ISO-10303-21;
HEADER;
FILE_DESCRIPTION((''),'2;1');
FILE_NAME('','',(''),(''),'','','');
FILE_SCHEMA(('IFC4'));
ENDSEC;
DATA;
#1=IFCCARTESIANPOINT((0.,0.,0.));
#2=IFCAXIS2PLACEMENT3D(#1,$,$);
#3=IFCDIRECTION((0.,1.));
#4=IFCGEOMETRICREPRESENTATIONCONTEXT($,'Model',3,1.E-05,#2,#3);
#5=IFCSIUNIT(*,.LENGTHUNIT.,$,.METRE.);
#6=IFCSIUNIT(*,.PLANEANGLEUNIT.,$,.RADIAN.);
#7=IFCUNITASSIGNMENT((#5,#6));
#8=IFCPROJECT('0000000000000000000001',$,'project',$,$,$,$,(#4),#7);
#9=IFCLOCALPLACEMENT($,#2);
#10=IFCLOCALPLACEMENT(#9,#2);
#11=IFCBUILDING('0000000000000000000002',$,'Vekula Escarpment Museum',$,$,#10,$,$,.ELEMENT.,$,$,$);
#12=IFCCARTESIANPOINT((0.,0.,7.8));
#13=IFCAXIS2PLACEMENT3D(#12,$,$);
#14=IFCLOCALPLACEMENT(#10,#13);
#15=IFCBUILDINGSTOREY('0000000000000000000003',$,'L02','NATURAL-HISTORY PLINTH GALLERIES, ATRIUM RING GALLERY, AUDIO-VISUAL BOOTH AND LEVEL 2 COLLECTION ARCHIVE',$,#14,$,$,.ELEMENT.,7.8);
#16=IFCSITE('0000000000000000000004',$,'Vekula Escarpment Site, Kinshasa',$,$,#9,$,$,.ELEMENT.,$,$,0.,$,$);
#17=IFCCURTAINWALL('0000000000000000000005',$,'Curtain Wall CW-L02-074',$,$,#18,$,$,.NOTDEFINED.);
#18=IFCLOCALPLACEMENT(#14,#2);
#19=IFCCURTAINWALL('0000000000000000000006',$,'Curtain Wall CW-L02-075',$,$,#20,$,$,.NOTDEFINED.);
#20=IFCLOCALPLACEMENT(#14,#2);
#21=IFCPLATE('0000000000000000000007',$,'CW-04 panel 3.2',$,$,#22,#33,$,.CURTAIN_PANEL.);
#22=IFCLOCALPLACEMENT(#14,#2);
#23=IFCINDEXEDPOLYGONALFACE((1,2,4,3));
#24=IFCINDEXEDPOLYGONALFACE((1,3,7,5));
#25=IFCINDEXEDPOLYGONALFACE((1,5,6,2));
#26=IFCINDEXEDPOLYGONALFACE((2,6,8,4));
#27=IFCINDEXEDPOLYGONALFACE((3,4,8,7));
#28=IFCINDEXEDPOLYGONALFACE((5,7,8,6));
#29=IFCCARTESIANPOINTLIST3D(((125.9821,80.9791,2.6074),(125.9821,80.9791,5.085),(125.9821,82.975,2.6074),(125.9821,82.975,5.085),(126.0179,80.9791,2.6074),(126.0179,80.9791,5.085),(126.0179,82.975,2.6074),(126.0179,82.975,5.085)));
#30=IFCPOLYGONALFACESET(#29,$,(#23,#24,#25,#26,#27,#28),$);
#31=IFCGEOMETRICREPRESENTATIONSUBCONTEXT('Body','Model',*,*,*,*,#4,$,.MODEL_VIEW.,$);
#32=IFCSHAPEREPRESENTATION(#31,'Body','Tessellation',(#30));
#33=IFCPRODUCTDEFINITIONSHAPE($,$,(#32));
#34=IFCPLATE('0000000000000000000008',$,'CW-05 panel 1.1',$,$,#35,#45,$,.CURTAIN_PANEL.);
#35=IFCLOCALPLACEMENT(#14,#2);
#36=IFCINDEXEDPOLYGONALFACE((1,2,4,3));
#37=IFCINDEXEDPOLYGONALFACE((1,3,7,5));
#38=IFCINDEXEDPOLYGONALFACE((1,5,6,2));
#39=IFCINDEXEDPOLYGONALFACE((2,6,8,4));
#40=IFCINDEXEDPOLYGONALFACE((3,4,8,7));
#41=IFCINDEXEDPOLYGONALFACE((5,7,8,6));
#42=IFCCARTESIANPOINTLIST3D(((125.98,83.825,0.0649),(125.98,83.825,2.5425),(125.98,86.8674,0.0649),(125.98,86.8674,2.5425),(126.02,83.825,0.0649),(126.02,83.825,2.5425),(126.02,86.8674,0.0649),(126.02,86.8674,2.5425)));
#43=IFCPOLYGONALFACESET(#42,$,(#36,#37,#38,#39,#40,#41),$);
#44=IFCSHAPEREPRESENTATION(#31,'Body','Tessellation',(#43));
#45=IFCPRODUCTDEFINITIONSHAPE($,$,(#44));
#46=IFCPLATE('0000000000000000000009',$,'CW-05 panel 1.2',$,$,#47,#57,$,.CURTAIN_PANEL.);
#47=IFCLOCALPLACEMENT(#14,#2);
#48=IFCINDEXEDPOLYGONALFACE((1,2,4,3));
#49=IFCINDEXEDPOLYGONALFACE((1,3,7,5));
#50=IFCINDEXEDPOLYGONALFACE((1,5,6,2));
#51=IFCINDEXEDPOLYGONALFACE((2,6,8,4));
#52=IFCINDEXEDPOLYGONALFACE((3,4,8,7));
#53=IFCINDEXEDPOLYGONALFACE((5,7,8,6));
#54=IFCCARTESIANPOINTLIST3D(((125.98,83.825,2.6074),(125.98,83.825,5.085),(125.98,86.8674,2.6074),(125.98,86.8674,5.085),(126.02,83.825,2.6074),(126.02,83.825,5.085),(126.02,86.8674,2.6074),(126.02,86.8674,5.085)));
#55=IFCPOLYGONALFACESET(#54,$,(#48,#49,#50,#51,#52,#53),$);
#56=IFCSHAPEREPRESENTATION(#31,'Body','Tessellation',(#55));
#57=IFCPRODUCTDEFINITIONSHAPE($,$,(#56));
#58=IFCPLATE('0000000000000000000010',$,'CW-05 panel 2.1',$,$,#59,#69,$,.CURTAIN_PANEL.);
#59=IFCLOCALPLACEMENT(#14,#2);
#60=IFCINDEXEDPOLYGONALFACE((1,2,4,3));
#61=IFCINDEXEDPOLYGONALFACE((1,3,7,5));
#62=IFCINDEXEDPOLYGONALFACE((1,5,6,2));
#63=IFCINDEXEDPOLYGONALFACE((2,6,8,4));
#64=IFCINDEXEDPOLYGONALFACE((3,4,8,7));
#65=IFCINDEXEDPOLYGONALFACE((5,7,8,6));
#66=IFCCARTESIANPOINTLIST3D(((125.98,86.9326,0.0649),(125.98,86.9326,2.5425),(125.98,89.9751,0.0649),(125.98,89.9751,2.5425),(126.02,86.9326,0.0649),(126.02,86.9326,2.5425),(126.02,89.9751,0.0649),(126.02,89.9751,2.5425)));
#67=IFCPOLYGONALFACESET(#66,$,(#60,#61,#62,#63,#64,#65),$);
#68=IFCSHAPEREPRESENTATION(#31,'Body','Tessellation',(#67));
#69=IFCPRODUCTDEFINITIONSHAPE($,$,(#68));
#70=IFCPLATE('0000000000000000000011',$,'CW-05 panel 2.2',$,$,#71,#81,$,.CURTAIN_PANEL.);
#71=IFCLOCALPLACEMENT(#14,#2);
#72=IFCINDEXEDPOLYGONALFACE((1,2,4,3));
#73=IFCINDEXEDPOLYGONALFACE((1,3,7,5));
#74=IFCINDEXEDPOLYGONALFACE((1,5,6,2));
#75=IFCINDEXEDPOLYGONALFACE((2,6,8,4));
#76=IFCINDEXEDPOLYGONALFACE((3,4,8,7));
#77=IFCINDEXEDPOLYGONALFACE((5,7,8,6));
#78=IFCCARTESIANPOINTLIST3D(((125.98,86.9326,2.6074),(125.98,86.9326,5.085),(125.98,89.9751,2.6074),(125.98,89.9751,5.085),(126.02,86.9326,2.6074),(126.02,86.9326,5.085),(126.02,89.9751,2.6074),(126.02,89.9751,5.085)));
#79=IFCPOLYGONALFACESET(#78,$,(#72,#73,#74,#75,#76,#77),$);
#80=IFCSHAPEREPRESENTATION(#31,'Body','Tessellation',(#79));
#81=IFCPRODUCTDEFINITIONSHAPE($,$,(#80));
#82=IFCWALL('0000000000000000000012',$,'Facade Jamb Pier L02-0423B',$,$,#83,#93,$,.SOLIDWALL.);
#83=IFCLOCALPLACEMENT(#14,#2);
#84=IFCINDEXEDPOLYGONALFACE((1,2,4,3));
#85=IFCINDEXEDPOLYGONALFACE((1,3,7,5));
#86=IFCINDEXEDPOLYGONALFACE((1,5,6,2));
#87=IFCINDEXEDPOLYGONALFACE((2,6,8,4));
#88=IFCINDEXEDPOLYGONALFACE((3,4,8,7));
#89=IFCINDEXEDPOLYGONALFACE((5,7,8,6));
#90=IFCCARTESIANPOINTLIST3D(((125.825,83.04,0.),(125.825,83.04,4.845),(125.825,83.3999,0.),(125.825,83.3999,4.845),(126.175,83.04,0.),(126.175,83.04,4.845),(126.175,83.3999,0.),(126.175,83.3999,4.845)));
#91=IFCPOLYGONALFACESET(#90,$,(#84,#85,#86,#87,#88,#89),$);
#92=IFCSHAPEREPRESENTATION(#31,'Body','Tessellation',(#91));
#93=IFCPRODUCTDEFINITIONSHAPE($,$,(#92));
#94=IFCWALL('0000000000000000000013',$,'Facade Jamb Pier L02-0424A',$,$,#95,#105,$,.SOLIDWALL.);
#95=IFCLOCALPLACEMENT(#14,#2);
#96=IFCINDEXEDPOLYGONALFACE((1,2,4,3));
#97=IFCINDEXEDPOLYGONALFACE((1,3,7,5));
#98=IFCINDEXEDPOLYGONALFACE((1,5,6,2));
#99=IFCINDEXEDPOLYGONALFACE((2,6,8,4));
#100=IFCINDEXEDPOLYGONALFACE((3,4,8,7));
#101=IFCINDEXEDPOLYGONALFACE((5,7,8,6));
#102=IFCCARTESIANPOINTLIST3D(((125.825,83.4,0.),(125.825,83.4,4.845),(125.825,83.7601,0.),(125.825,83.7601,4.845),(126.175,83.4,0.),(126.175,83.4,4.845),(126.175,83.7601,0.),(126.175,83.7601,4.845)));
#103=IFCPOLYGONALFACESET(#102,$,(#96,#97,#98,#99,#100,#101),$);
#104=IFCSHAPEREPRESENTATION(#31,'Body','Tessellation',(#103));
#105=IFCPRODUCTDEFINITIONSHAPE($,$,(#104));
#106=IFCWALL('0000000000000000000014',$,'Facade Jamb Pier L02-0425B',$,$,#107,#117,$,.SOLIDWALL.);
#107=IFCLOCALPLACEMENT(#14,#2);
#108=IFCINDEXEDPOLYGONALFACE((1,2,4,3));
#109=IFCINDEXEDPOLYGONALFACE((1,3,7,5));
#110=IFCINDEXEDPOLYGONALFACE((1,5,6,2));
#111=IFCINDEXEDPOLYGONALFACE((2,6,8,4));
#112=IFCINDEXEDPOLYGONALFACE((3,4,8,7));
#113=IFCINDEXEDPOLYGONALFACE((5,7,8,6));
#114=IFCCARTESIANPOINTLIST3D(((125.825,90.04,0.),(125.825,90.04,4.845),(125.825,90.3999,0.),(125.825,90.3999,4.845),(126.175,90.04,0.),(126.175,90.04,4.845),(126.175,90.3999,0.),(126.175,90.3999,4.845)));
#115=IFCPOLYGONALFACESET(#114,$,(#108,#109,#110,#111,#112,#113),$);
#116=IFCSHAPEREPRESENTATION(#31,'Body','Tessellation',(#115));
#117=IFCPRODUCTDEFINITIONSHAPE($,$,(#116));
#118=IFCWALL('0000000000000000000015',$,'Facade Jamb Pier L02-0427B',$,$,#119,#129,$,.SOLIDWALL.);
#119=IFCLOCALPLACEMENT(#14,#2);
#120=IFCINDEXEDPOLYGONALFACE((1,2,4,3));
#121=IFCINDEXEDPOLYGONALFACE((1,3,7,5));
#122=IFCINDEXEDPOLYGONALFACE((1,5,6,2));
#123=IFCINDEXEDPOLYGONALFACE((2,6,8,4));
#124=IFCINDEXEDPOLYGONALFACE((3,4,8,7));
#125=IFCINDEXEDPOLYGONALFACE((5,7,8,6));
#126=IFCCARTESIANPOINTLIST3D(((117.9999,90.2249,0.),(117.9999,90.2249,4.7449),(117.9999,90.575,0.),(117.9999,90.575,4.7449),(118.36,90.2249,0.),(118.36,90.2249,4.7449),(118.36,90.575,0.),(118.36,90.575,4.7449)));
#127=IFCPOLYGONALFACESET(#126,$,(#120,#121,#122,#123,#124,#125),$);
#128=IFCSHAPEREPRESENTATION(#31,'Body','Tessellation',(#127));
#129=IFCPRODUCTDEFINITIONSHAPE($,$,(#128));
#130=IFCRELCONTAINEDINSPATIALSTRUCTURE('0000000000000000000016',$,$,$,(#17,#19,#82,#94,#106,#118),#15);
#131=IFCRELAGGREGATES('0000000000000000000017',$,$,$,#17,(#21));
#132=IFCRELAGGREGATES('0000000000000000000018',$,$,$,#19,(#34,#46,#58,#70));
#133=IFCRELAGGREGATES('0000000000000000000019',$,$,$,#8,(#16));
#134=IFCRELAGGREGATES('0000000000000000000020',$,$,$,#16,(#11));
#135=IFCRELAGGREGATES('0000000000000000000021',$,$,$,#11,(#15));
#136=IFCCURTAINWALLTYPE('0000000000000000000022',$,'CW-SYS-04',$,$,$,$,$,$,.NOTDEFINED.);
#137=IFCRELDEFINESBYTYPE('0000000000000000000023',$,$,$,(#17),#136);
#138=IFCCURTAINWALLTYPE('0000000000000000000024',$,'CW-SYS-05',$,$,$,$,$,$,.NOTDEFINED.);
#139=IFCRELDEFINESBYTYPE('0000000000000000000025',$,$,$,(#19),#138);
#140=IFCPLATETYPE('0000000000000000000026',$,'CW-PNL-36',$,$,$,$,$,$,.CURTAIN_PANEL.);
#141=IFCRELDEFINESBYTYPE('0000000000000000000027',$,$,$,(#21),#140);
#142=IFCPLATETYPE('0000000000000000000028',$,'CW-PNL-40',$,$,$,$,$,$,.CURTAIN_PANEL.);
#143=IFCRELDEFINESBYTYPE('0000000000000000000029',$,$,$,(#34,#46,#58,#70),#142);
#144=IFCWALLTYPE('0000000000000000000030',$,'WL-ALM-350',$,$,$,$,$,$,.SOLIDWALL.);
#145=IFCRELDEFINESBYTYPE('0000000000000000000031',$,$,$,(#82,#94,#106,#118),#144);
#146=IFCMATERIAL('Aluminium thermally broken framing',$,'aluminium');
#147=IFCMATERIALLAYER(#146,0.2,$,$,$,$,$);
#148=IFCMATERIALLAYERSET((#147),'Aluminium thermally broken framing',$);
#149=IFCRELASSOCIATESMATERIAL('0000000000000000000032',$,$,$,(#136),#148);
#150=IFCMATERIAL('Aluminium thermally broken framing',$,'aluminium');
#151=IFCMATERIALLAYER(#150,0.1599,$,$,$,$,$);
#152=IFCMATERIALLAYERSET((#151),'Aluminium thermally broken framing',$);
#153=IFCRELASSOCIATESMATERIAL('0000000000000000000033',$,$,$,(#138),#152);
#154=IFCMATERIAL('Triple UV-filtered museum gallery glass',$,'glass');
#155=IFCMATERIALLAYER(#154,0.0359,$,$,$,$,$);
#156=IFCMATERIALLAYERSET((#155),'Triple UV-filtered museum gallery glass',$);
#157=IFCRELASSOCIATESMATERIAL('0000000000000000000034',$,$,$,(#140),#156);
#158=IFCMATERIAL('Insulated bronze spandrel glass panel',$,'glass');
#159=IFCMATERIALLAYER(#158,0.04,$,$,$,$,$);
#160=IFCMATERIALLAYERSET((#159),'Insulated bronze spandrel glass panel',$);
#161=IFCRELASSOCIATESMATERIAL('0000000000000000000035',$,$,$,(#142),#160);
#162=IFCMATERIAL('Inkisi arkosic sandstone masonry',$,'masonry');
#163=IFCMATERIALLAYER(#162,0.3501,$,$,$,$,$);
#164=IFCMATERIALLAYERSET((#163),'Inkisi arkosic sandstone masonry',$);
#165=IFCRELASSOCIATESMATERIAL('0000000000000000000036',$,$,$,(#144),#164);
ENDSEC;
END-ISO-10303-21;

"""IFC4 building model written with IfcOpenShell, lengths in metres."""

from ifc_helpers import new_model, si_unit, direction, frame, frame_2d, origin, origin_2d, place, context, subcontext, project, spatial, rectangle, extrude, material, layer, layer_set, type_object, element, aggregate, save


model = new_model("IFC4")

# Units and contexts
model_context = context("Model", 3, precision=1e-05, world=origin(), true_north=direction((0.0, 1.0)))
body_context = subcontext(model_context, "Body", "Model", "MODEL_VIEW")
ifc_project = project(units=[si_unit("LENGTHUNIT", "METRE"), si_unit("PLANEANGLEUNIT", "RADIAN")], contexts=[model_context])

# Site, building, storey
site_placement = place(None, origin())
site = spatial("IfcSite", under=ifc_project, at=site_placement, Name="Vekula Escarpment Site, Kinshasa", CompositionType="ELEMENT", RefElevation=0.0)
building_placement = place(site_placement, origin())
building = spatial("IfcBuilding", under=site, at=building_placement, Name="Vekula Escarpment Museum", CompositionType="ELEMENT")
storey_placement = place(building_placement, frame((0.0, 0.0, 7.8)))
storey = spatial("IfcBuildingStorey", under=building, at=storey_placement, Name="L02", Description="NATURAL-HISTORY PLINTH GALLERIES, ATRIUM RING GALLERY, AUDIO-VISUAL BOOTH AND LEVEL 2 COLLECTION ARCHIVE", CompositionType="ELEMENT", Elevation=7.8)

# Curtain wall
ifc_material_1 = material(Name="Aluminium thermally broken framing", Category="aluminium")
ifc_layer_1 = layer(ifc_material_1, 0.2)
ifc_layer_set_1 = layer_set([ifc_layer_1], Name="Aluminium thermally broken framing")
curtain_wall_type_1 = type_object("IfcCurtainWallType", Name="CW-SYS-04", PredefinedType="NOTDEFINED", material=ifc_layer_set_1)
curtain_wall_1_placement = place(storey_placement, origin())
curtain_wall_1 = element("IfcCurtainWall", 1, at=curtain_wall_1_placement, inside=storey, type_object=curtain_wall_type_1, Name="Curtain Wall CW-L02-074", PredefinedType="NOTDEFINED")

# Curtain wall
ifc_material_2 = material(Name="Aluminium thermally broken framing", Category="aluminium")
ifc_layer_2 = layer(ifc_material_2, 0.1599)
ifc_layer_set_2 = layer_set([ifc_layer_2], Name="Aluminium thermally broken framing")
curtain_wall_type_2 = type_object("IfcCurtainWallType", Name="CW-SYS-05", PredefinedType="NOTDEFINED", material=ifc_layer_set_2)
curtain_wall_2_placement = place(storey_placement, origin())
curtain_wall_2 = element("IfcCurtainWall", 2, at=curtain_wall_2_placement, inside=storey, type_object=curtain_wall_type_2, Name="Curtain Wall CW-L02-075", PredefinedType="NOTDEFINED")

# Plates
ifc_material_3 = material(Name="Triple UV-filtered museum gallery glass", Category="glass")
ifc_layer_3 = layer(ifc_material_3, 0.0359)
ifc_layer_set_3 = layer_set([ifc_layer_3], Name="Triple UV-filtered museum gallery glass")
plate_type_1 = type_object("IfcPlateType", Name="CW-PNL-36", PredefinedType="CURTAIN_PANEL", material=ifc_layer_set_3)
plate_1_placement = place(storey_placement, frame((126.0, 81.9771, 2.6074), z_axis=(0.0, 0.0, 1.0), x_axis=(0.0, 1.0, 0.0)))
plate_1 = element("IfcPlate", 3, at=plate_1_placement, type_object=plate_type_1, Name="CW-04 panel 3.2", PredefinedType="CURTAIN_PANEL", context=body_context, shape_type="SweptSolid", body=[
    extrude(rectangle(XDim=1.9958, YDim=0.0359, at=origin_2d()), origin(), (0.0, 0.0, 1.0), 2.4775),
])
aggregate(curtain_wall_1, [plate_1])
ifc_material_4 = material(Name="Insulated bronze spandrel glass panel", Category="glass")
ifc_layer_4 = layer(ifc_material_4, 0.04)
ifc_layer_set_4 = layer_set([ifc_layer_4], Name="Insulated bronze spandrel glass panel")
plate_type_2 = type_object("IfcPlateType", Name="CW-PNL-40", PredefinedType="CURTAIN_PANEL", material=ifc_layer_set_4)
plate_2_placement = place(storey_placement, frame((126.0, 85.3462, 0.0649), z_axis=(0.0, 0.0, 1.0), x_axis=(0.0, 1.0, 0.0)))
plate_2 = element("IfcPlate", 4, at=plate_2_placement, type_object=plate_type_2, Name="CW-05 panel 1.1", PredefinedType="CURTAIN_PANEL", context=body_context, shape_type="SweptSolid", body=[
    extrude(rectangle(XDim=3.0425, YDim=0.04, at=origin_2d()), origin(), (0.0, 0.0, 1.0), 2.4775),
])
plate_3_placement = place(storey_placement, frame((126.0, 85.3462, 2.6074), z_axis=(0.0, 0.0, 1.0), x_axis=(0.0, 1.0, 0.0)))
plate_3 = element("IfcPlate", 5, at=plate_3_placement, type_object=plate_type_2, Name="CW-05 panel 1.2", PredefinedType="CURTAIN_PANEL", context=body_context, shape_type="SweptSolid", body=[
    extrude(rectangle(XDim=3.0425, YDim=0.04, at=origin_2d()), origin(), (0.0, 0.0, 1.0), 2.4775),
])
plate_4_placement = place(storey_placement, frame((126.0, 88.4539, 0.0649), z_axis=(0.0, 0.0, 1.0), x_axis=(0.0, 1.0, 0.0)))
plate_4 = element("IfcPlate", 6, at=plate_4_placement, type_object=plate_type_2, Name="CW-05 panel 2.1", PredefinedType="CURTAIN_PANEL", context=body_context, shape_type="SweptSolid", body=[
    extrude(rectangle(XDim=3.0425, YDim=0.04, at=origin_2d()), origin(), (0.0, 0.0, 1.0), 2.4775),
])
plate_5_placement = place(storey_placement, frame((126.0, 88.4539, 2.6074), z_axis=(0.0, 0.0, 1.0), x_axis=(0.0, 1.0, 0.0)))
plate_5 = element("IfcPlate", 7, at=plate_5_placement, type_object=plate_type_2, Name="CW-05 panel 2.2", PredefinedType="CURTAIN_PANEL", context=body_context, shape_type="SweptSolid", body=[
    extrude(rectangle(XDim=3.0425, YDim=0.04, at=origin_2d()), origin(), (0.0, 0.0, 1.0), 2.4775),
])
aggregate(curtain_wall_2, [plate_2, plate_3, plate_4, plate_5])

# Walls
ifc_material_5 = material(Name="Inkisi arkosic sandstone masonry", Category="masonry")
ifc_layer_5 = layer(ifc_material_5, 0.3501)
ifc_layer_set_5 = layer_set([ifc_layer_5], Name="Inkisi arkosic sandstone masonry")
wall_type = type_object("IfcWallType", Name="WL-ALM-350", PredefinedType="SOLIDWALL", material=ifc_layer_set_5)
wall_1_placement = place(storey_placement, frame((126.0, 83.04, 0.0), z_axis=(0.0, 0.0, 1.0), x_axis=(0.0, 1.0, 0.0)))
element("IfcWall", 8, at=wall_1_placement, inside=storey, type_object=wall_type, Name="Facade Jamb Pier L02-0423B", PredefinedType="SOLIDWALL", context=body_context, shape_type="SweptSolid", body=[
    extrude(rectangle(XDim=0.3599, YDim=0.3501, at=frame_2d((0.1799, 0.0))), origin(), (0.0, 0.0, 1.0), 4.845),
])
wall_2_placement = place(storey_placement, frame((126.0, 83.3999, 0.0), z_axis=(0.0, 0.0, 1.0), x_axis=(0.0, 1.0, 0.0)))
element("IfcWall", 9, at=wall_2_placement, inside=storey, type_object=wall_type, Name="Facade Jamb Pier L02-0424A", PredefinedType="SOLIDWALL", context=body_context, shape_type="SweptSolid", body=[
    extrude(rectangle(XDim=0.3601, YDim=0.3501, at=frame_2d((0.1802, 0.0))), origin(), (0.0, 0.0, 1.0), 4.845),
])
wall_3_placement = place(storey_placement, frame((126.0, 90.04, 0.0), z_axis=(0.0, 0.0, 1.0), x_axis=(0.0, 1.0, 0.0)))
element("IfcWall", 10, at=wall_3_placement, inside=storey, type_object=wall_type, Name="Facade Jamb Pier L02-0425B", PredefinedType="SOLIDWALL", context=body_context, shape_type="SweptSolid", body=[
    extrude(rectangle(XDim=0.3599, YDim=0.3501, at=frame_2d((0.1799, 0.0))), origin(), (0.0, 0.0, 1.0), 4.845),
])
wall_4_placement = place(storey_placement, frame((118.3601, 90.3999, 0.0), z_axis=(0.0, 0.0, 1.0), x_axis=(-1.0, 0.0, 0.0)))
element("IfcWall", 11, at=wall_4_placement, inside=storey, type_object=wall_type, Name="Facade Jamb Pier L02-0427B", PredefinedType="SOLIDWALL", context=body_context, shape_type="SweptSolid", body=[
    extrude(rectangle(XDim=0.3601, YDim=0.3501, at=frame_2d((0.1802, 0.0))), origin(), (0.0, 0.0, 1.0), 4.7449),
])

save(model, "model.ifc")
